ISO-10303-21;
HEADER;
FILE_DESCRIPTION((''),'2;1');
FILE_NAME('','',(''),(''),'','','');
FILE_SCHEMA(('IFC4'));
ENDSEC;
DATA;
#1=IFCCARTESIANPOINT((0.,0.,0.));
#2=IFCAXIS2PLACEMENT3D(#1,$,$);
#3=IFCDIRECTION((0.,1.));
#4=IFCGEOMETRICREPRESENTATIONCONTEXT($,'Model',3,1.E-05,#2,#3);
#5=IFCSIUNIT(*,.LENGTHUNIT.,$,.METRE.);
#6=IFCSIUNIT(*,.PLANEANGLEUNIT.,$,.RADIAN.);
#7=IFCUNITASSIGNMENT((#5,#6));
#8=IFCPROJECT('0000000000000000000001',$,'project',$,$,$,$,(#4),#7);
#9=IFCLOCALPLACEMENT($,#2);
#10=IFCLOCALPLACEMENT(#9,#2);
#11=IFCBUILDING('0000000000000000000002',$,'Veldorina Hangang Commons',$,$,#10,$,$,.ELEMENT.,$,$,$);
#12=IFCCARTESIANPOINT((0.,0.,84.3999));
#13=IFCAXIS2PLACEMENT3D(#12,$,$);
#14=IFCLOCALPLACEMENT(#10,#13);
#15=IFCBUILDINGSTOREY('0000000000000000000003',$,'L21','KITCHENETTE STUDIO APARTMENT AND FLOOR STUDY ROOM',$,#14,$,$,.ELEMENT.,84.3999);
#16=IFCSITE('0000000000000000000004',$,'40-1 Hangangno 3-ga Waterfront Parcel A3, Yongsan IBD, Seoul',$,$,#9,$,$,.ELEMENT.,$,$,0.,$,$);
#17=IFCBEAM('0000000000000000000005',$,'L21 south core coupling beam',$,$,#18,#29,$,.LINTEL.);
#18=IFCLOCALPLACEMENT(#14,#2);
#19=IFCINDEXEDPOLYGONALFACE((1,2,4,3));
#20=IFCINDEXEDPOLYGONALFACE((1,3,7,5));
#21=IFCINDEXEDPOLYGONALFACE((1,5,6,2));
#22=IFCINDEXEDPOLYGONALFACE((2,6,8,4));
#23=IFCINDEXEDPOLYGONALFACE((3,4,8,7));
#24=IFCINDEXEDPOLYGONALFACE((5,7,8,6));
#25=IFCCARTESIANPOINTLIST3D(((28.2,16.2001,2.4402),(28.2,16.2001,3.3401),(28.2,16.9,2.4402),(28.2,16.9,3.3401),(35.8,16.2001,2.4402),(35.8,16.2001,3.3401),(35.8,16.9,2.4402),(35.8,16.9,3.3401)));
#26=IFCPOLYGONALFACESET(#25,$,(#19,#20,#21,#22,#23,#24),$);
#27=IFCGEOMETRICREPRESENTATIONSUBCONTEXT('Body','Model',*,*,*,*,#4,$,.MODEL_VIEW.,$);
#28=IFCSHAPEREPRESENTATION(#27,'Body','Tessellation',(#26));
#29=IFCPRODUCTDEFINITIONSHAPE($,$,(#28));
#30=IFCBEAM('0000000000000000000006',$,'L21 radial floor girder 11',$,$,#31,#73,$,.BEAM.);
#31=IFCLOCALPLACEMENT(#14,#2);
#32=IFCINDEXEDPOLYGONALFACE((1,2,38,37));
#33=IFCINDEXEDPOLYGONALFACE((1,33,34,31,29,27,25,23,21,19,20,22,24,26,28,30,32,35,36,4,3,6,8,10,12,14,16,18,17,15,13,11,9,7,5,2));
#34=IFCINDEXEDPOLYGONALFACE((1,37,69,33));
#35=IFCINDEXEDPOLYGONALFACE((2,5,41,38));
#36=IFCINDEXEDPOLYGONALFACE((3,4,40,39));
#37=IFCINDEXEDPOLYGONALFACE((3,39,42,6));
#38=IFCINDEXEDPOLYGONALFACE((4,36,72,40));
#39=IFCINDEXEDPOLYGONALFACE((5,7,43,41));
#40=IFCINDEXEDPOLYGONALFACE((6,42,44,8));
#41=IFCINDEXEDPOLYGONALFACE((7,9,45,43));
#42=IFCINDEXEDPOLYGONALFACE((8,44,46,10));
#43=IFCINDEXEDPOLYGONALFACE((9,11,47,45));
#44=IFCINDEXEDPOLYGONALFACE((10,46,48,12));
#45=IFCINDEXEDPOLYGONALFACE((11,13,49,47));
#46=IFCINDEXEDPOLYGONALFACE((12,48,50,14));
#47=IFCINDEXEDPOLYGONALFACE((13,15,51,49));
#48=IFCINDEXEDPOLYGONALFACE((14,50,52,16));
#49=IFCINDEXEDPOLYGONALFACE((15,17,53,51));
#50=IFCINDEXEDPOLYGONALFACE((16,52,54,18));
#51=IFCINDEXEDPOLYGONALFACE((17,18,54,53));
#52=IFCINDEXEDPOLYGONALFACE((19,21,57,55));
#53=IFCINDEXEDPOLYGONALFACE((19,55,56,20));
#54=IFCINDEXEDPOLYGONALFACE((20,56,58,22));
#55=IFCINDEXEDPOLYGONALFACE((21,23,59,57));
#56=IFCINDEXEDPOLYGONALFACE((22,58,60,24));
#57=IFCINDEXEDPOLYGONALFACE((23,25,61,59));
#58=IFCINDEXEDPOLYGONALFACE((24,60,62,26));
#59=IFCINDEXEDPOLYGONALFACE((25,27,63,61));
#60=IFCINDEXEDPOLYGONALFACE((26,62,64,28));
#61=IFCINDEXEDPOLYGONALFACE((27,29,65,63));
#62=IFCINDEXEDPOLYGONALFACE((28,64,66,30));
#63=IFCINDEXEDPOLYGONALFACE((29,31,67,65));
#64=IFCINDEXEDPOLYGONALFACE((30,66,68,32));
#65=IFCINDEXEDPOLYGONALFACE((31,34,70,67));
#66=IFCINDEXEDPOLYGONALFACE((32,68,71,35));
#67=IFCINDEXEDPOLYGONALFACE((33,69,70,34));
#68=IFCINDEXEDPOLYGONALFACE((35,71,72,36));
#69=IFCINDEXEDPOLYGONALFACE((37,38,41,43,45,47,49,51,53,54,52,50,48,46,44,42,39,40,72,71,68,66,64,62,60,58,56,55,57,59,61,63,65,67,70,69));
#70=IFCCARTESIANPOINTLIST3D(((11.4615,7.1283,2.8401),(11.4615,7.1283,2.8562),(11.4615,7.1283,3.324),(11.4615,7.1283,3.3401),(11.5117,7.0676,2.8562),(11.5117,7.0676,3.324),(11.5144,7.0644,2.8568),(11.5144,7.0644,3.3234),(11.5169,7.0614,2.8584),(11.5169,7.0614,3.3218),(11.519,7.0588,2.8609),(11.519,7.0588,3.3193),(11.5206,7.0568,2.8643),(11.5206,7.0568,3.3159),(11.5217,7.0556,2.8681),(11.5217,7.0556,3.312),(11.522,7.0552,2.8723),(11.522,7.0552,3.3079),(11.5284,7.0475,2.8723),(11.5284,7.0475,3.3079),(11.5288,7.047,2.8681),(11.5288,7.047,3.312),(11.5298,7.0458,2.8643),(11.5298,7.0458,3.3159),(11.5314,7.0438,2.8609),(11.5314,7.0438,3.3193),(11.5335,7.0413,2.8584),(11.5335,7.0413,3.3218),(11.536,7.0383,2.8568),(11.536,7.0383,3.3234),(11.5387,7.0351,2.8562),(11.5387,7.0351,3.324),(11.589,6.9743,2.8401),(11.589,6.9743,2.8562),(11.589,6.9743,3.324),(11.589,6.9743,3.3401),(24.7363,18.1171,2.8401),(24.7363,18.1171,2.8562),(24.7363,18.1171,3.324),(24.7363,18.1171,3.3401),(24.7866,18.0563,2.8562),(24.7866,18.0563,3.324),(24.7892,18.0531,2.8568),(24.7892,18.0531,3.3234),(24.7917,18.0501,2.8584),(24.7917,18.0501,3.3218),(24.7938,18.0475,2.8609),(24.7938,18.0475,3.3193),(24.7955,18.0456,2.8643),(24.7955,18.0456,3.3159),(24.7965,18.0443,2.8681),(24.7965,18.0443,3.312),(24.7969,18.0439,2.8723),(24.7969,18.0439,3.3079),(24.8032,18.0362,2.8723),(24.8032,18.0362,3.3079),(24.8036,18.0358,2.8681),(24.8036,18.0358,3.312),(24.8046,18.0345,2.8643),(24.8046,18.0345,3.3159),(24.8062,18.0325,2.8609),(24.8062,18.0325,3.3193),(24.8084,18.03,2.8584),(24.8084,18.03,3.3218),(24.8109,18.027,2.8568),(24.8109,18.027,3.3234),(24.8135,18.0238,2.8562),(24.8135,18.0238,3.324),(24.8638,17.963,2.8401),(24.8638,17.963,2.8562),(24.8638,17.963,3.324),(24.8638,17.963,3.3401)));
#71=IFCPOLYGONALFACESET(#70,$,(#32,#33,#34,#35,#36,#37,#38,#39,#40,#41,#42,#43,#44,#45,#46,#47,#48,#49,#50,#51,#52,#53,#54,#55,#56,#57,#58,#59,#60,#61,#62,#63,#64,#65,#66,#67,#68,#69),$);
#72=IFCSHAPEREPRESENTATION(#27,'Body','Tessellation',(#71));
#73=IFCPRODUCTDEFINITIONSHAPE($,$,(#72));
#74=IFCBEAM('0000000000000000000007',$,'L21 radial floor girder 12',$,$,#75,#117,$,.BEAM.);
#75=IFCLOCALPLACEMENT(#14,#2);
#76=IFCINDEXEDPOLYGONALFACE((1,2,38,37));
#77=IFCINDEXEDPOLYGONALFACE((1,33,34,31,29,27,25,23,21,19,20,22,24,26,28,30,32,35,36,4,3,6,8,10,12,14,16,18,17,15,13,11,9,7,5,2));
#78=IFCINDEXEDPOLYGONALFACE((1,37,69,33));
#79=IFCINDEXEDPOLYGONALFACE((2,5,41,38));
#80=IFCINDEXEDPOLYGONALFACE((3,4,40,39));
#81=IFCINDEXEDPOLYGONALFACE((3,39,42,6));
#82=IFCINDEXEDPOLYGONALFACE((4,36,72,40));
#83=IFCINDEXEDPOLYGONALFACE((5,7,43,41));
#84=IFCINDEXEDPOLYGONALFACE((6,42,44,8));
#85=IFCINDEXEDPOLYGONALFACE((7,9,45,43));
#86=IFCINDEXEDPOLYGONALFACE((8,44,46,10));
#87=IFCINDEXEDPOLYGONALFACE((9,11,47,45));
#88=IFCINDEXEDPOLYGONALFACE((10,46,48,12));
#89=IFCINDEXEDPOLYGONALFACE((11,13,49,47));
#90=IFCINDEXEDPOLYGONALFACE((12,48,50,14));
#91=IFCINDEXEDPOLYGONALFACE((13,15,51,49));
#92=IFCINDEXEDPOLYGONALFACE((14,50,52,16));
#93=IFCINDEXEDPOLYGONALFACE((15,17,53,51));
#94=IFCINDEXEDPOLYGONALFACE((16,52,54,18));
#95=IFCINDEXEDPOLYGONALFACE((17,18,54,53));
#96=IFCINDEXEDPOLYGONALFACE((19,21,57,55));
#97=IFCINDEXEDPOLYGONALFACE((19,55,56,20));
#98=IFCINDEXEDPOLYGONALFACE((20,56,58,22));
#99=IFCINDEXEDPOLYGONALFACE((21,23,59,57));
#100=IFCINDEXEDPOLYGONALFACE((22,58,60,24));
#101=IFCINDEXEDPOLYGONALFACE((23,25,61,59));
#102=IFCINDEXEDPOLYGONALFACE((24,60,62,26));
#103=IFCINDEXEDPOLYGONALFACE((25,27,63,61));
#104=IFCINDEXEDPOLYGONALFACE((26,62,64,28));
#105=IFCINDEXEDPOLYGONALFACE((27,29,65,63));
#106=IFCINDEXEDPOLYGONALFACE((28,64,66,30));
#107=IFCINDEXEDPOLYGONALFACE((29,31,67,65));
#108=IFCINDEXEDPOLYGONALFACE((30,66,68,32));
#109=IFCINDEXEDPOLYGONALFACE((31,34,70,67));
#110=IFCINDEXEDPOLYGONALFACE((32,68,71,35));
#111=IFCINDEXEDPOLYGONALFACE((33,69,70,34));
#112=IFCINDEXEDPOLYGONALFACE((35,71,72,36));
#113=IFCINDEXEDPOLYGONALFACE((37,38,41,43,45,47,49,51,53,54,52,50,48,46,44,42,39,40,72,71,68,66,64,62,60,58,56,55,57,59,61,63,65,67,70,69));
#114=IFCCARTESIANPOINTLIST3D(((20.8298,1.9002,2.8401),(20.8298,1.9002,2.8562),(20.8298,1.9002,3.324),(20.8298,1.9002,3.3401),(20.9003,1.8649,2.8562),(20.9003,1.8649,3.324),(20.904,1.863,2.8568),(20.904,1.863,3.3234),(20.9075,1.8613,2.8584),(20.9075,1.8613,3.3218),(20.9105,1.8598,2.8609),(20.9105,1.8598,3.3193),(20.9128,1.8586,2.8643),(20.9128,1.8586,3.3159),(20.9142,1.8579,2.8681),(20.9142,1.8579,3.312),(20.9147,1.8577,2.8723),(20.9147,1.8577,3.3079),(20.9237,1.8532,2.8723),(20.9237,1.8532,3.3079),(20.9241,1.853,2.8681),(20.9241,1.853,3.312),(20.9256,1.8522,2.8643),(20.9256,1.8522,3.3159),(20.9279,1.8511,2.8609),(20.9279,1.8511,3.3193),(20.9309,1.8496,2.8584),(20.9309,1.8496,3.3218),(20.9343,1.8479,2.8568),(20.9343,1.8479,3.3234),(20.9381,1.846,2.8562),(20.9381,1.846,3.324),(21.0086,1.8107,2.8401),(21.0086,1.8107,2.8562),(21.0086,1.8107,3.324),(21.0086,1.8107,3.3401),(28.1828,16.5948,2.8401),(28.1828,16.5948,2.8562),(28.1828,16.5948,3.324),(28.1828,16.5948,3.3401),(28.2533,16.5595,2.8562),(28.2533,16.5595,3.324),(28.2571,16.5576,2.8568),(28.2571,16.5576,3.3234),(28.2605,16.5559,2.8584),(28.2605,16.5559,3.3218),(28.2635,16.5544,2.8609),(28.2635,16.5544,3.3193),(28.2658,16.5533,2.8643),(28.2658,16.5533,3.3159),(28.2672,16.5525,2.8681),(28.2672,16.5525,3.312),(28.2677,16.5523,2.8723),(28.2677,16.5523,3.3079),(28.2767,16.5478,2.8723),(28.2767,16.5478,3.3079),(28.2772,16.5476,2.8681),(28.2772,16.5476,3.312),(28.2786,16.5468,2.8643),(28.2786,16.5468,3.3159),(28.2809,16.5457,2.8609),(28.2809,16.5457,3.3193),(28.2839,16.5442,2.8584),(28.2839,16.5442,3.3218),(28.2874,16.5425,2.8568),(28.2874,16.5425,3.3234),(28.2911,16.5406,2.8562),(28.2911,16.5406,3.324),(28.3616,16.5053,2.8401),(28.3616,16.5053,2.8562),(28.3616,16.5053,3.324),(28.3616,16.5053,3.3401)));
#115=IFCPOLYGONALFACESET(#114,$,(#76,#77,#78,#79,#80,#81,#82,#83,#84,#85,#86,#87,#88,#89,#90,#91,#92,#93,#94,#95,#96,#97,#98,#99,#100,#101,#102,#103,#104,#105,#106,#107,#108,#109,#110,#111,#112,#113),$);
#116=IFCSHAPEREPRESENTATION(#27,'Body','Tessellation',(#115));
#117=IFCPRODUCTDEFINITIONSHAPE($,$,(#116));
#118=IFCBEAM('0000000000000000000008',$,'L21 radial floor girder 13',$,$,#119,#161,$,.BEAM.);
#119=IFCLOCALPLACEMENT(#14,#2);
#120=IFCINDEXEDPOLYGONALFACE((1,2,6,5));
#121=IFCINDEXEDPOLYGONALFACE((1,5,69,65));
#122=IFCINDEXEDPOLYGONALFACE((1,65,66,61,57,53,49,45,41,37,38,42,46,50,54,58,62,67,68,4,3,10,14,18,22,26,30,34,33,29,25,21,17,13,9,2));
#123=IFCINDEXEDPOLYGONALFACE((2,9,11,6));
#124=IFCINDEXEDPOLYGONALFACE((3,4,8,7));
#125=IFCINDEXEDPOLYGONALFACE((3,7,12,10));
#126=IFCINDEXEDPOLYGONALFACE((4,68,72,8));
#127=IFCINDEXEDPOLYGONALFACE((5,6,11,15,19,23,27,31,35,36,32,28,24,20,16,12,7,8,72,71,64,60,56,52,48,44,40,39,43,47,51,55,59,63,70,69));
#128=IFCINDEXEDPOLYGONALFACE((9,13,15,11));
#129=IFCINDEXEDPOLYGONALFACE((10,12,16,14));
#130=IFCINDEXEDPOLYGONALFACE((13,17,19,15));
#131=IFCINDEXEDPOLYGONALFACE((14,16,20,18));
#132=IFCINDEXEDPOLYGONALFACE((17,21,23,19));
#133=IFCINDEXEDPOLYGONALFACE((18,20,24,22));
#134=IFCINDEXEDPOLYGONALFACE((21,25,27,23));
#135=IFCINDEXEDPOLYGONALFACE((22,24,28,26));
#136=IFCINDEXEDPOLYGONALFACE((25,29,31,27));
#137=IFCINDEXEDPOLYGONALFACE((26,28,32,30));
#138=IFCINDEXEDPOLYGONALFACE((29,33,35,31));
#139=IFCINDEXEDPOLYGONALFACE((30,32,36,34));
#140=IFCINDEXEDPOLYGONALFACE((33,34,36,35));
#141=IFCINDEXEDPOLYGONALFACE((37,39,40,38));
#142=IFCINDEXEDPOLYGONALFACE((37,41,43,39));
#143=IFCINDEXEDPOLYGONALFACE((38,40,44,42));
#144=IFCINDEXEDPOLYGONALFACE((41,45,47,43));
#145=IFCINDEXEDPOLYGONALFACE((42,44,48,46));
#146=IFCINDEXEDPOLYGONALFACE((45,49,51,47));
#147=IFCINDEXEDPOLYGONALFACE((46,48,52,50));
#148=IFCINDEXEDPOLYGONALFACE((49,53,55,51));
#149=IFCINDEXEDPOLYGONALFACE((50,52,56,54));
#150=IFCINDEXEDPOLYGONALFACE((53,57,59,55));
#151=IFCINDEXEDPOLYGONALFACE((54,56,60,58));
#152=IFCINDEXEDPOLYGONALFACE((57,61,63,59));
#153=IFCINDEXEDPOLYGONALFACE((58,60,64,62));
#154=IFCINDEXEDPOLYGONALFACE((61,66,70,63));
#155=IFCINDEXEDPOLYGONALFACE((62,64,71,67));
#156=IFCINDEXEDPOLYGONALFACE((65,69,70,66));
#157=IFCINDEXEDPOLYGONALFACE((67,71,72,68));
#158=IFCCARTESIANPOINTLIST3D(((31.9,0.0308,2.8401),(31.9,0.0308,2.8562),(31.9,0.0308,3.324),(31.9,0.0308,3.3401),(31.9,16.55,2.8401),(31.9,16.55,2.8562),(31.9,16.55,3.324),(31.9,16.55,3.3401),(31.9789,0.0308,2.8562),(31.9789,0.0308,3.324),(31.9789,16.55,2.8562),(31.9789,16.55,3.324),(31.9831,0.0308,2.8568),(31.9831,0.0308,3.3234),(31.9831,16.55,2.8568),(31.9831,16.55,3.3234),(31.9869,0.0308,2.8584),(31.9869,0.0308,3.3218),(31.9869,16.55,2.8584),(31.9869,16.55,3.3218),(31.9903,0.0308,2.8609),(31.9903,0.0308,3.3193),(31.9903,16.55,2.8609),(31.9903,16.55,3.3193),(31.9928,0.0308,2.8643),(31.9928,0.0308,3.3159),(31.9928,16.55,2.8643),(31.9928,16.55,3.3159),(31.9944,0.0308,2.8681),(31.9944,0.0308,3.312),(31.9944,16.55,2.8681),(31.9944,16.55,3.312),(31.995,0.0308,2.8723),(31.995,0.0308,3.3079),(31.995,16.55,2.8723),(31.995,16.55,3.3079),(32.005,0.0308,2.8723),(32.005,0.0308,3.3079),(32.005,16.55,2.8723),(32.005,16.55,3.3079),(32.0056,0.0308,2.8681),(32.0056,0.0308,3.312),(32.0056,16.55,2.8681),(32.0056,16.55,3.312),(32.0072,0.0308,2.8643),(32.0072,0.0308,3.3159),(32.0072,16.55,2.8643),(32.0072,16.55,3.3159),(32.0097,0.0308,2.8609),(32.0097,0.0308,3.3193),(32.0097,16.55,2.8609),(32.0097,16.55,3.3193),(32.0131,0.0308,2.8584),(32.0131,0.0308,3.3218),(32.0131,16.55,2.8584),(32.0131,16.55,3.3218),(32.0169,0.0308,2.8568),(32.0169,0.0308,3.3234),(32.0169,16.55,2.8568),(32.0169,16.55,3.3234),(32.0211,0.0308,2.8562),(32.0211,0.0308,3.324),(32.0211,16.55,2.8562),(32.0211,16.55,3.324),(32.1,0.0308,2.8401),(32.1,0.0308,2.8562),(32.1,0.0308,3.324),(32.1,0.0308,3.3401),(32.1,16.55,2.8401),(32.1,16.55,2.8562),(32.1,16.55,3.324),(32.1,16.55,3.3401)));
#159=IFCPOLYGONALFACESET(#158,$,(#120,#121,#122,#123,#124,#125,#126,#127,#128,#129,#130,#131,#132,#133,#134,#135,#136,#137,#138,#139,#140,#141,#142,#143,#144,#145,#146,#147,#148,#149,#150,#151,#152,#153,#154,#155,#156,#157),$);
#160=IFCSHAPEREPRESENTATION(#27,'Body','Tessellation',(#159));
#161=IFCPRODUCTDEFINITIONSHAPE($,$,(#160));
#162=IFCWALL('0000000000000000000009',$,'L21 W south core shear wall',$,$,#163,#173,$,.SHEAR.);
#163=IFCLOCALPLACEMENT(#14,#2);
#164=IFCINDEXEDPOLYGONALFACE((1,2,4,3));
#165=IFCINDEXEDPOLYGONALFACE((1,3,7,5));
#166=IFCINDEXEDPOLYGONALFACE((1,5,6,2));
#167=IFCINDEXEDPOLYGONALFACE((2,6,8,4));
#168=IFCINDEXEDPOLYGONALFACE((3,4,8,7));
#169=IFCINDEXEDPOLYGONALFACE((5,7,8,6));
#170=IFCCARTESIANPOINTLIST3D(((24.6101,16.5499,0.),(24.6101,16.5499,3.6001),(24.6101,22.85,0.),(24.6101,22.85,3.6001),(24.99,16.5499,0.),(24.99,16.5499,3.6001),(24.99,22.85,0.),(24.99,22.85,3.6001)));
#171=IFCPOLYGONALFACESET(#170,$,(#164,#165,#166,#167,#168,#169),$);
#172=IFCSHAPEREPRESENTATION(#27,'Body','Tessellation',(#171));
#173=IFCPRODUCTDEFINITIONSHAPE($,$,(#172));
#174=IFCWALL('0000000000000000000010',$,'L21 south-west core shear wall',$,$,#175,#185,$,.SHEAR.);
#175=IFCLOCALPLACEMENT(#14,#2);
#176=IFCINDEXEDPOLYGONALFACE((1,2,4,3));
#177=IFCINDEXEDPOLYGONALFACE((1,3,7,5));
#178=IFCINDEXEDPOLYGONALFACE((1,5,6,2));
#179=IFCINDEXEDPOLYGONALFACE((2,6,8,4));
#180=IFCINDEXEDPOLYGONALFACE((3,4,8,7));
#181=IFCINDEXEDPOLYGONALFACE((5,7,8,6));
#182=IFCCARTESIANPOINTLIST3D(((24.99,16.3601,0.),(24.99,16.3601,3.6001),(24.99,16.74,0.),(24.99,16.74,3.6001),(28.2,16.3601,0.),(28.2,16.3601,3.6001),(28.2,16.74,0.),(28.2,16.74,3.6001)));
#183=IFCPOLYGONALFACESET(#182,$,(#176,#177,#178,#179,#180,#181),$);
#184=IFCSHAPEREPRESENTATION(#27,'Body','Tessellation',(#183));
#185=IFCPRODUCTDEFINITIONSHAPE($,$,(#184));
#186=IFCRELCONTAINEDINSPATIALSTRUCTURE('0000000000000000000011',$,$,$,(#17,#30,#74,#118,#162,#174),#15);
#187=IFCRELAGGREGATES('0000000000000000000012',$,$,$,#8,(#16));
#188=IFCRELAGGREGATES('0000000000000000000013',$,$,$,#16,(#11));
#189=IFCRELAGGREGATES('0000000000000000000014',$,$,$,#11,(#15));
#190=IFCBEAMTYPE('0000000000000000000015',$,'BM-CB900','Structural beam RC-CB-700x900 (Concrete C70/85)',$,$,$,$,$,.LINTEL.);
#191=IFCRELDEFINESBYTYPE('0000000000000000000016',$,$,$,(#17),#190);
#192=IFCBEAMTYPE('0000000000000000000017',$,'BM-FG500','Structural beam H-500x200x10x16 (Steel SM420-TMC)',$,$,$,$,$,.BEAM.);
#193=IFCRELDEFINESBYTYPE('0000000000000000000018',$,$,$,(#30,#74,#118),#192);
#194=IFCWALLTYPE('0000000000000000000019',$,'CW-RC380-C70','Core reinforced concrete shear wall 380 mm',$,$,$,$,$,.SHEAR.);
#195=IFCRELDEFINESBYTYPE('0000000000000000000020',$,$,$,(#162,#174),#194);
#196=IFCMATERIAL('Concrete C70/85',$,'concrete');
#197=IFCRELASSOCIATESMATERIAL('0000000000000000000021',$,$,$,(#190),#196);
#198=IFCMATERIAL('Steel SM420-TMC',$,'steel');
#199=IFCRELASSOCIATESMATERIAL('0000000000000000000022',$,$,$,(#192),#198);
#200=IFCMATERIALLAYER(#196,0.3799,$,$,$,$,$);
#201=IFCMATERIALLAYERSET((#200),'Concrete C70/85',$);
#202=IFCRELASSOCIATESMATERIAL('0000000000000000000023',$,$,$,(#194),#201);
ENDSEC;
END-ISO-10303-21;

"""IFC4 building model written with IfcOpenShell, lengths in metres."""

from ifc_helpers import new_model, si_unit, direction, frame, frame_2d, origin, origin_2d, place, context, subcontext, project, spatial, rectangle, i_section, extrude, material, layer, layer_set, material_profile, profile_set, type_object, element, save


model = new_model("IFC4")

# Units and contexts
model_context = context("Model", 3, precision=1e-05, world=origin(), true_north=direction((0.0, 1.0)))
body_context = subcontext(model_context, "Body", "Model", "MODEL_VIEW")
ifc_project = project(units=[si_unit("LENGTHUNIT", "METRE"), si_unit("PLANEANGLEUNIT", "RADIAN")], contexts=[model_context])

# Site, building, storey
site_placement = place(None, origin())
site = spatial("IfcSite", under=ifc_project, at=site_placement, Name="40-1 Hangangno 3-ga Waterfront Parcel A3, Yongsan IBD, Seoul", CompositionType="ELEMENT", RefElevation=0.0)
building_placement = place(site_placement, origin())
building = spatial("IfcBuilding", under=site, at=building_placement, Name="Veldorina Hangang Commons", CompositionType="ELEMENT")
storey_placement = place(building_placement, frame((0.0, 0.0, 84.3999)))
storey = spatial("IfcBuildingStorey", under=building, at=storey_placement, Name="L21", Description="KITCHENETTE STUDIO APARTMENT AND FLOOR STUDY ROOM", CompositionType="ELEMENT", Elevation=84.3999)

# Beams
ifc_material_1 = material(Name="Concrete C70/85", Category="concrete")
ifc_material_profile_1 = material_profile(ifc_material_1, rectangle(XDim=0.7, YDim=0.8999, at=origin_2d()), Name="RC-CB-700x900")
ifc_profile_set_1 = profile_set([ifc_material_profile_1], Name="Concrete C70/85")
beam_type_1 = type_object("IfcBeamType", Name="BM-CB900", Description="Structural beam RC-CB-700x900 (Concrete C70/85)", PredefinedType="LINTEL", material=ifc_profile_set_1)
beam_1_placement = place(storey_placement, frame((28.2, 16.55, 2.8901), z_axis=(1.0, 0.0, 0.0), x_axis=(0.0, 1.0, 0.0)))
element("IfcBeam", 1, at=beam_1_placement, inside=storey, type_object=beam_type_1, Name="L21 south core coupling beam", PredefinedType="LINTEL", context=body_context, shape_type="SweptSolid", body=[
    extrude(rectangle(XDim=0.7, YDim=0.8999, at=origin_2d()), origin(), (0.0, 0.0, 1.0), 7.6001),
])
ifc_material_2 = material(Name="Steel SM420-TMC", Category="steel")
ifc_material_profile_2 = material_profile(ifc_material_2, i_section(OverallWidth=0.2, OverallDepth=0.5, WebThickness=0.01, FlangeThickness=0.0161, FilletRadius=0.0161, at=origin_2d()), Name="H-500x200x10x16")
ifc_profile_set_2 = profile_set([ifc_material_profile_2], Name="Steel SM420-TMC")
beam_type_2 = type_object("IfcBeamType", Name="BM-FG500", Description="Structural beam H-500x200x10x16 (Steel SM420-TMC)", PredefinedType="BEAM", material=ifc_profile_set_2)
beam_2_placement = place(storey_placement, frame((24.8, 18.04, 3.0901), z_axis=(-0.770319, -0.637659, 0.0), x_axis=(0.637659, -0.770319, 0.0)))
element("IfcBeam", 2, at=beam_2_placement, inside=storey, type_object=beam_type_2, Name="L21 radial floor girder 11", PredefinedType="BEAM", context=body_context, shape_type="SweptSolid", body=[
    extrude(i_section(OverallWidth=0.2, OverallDepth=0.5, WebThickness=0.01, FlangeThickness=0.0161, FilletRadius=0.0161, at=origin_2d()), origin(), (0.0, 0.0, 1.0), 17.2329),
])
beam_3_placement = place(storey_placement, frame((28.2722, 16.55, 3.0901), z_axis=(-0.447493, -0.894287, 0.0), x_axis=(0.894287, -0.447493, 0.0)))
element("IfcBeam", 3, at=beam_3_placement, inside=storey, type_object=beam_type_2, Name="L21 radial floor girder 12", PredefinedType="BEAM", context=body_context, shape_type="SweptSolid", body=[
    extrude(i_section(OverallWidth=0.2, OverallDepth=0.5, WebThickness=0.01, FlangeThickness=0.0161, FilletRadius=0.0161, at=origin_2d()), origin(), (0.0, 0.0, 1.0), 16.4316),
])
beam_4_placement = place(storey_placement, frame((32.0, 16.55, 3.0901), z_axis=(0.0, -1.0, 0.0), x_axis=(1.0, 0.0, 0.0)))
element("IfcBeam", 4, at=beam_4_placement, inside=storey, type_object=beam_type_2, Name="L21 radial floor girder 13", PredefinedType="BEAM", context=body_context, shape_type="SweptSolid", body=[
    extrude(i_section(OverallWidth=0.2, OverallDepth=0.5, WebThickness=0.01, FlangeThickness=0.0161, FilletRadius=0.0161, at=origin_2d()), origin(), (0.0, 0.0, 1.0), 16.5193),
])

# Walls
ifc_layer_1 = layer(ifc_material_1, 0.3799)
ifc_layer_set_1 = layer_set([ifc_layer_1], Name="Concrete C70/85")
wall_type_1 = type_object("IfcWallType", Name="CW-RC380-C70", Description="Core reinforced concrete shear wall 380 mm", PredefinedType="SHEAR", material=ifc_layer_set_1)
wall_1_placement = place(storey_placement, frame((24.8, 16.55, 0.0), z_axis=(0.0, 0.0, 1.0), x_axis=(0.0, 1.0, 0.0)))
element("IfcWall", 5, at=wall_1_placement, inside=storey, type_object=wall_type_1, Name="L21 W south core shear wall", PredefinedType="SHEAR", context=body_context, shape_type="SweptSolid", body=[
    extrude(rectangle(XDim=6.3, YDim=0.3799, at=frame_2d((3.1499, 0.0))), origin(), (0.0, 0.0, 1.0), 3.6001),
])
wall_2_placement = place(storey_placement, frame((24.99, 16.55, 0.0), z_axis=(0.0, 0.0, 1.0), x_axis=(1.0, 0.0, 0.0)))
element("IfcWall", 6, at=wall_2_placement, inside=storey, type_object=wall_type_1, Name="L21 south-west core shear wall", PredefinedType="SHEAR", context=body_context, shape_type="SweptSolid", body=[
    extrude(rectangle(XDim=3.21, YDim=0.3799, at=frame_2d((1.605, 0.0))), origin(), (0.0, 0.0, 1.0), 3.6001),
])

save(model, "model.ifc")
